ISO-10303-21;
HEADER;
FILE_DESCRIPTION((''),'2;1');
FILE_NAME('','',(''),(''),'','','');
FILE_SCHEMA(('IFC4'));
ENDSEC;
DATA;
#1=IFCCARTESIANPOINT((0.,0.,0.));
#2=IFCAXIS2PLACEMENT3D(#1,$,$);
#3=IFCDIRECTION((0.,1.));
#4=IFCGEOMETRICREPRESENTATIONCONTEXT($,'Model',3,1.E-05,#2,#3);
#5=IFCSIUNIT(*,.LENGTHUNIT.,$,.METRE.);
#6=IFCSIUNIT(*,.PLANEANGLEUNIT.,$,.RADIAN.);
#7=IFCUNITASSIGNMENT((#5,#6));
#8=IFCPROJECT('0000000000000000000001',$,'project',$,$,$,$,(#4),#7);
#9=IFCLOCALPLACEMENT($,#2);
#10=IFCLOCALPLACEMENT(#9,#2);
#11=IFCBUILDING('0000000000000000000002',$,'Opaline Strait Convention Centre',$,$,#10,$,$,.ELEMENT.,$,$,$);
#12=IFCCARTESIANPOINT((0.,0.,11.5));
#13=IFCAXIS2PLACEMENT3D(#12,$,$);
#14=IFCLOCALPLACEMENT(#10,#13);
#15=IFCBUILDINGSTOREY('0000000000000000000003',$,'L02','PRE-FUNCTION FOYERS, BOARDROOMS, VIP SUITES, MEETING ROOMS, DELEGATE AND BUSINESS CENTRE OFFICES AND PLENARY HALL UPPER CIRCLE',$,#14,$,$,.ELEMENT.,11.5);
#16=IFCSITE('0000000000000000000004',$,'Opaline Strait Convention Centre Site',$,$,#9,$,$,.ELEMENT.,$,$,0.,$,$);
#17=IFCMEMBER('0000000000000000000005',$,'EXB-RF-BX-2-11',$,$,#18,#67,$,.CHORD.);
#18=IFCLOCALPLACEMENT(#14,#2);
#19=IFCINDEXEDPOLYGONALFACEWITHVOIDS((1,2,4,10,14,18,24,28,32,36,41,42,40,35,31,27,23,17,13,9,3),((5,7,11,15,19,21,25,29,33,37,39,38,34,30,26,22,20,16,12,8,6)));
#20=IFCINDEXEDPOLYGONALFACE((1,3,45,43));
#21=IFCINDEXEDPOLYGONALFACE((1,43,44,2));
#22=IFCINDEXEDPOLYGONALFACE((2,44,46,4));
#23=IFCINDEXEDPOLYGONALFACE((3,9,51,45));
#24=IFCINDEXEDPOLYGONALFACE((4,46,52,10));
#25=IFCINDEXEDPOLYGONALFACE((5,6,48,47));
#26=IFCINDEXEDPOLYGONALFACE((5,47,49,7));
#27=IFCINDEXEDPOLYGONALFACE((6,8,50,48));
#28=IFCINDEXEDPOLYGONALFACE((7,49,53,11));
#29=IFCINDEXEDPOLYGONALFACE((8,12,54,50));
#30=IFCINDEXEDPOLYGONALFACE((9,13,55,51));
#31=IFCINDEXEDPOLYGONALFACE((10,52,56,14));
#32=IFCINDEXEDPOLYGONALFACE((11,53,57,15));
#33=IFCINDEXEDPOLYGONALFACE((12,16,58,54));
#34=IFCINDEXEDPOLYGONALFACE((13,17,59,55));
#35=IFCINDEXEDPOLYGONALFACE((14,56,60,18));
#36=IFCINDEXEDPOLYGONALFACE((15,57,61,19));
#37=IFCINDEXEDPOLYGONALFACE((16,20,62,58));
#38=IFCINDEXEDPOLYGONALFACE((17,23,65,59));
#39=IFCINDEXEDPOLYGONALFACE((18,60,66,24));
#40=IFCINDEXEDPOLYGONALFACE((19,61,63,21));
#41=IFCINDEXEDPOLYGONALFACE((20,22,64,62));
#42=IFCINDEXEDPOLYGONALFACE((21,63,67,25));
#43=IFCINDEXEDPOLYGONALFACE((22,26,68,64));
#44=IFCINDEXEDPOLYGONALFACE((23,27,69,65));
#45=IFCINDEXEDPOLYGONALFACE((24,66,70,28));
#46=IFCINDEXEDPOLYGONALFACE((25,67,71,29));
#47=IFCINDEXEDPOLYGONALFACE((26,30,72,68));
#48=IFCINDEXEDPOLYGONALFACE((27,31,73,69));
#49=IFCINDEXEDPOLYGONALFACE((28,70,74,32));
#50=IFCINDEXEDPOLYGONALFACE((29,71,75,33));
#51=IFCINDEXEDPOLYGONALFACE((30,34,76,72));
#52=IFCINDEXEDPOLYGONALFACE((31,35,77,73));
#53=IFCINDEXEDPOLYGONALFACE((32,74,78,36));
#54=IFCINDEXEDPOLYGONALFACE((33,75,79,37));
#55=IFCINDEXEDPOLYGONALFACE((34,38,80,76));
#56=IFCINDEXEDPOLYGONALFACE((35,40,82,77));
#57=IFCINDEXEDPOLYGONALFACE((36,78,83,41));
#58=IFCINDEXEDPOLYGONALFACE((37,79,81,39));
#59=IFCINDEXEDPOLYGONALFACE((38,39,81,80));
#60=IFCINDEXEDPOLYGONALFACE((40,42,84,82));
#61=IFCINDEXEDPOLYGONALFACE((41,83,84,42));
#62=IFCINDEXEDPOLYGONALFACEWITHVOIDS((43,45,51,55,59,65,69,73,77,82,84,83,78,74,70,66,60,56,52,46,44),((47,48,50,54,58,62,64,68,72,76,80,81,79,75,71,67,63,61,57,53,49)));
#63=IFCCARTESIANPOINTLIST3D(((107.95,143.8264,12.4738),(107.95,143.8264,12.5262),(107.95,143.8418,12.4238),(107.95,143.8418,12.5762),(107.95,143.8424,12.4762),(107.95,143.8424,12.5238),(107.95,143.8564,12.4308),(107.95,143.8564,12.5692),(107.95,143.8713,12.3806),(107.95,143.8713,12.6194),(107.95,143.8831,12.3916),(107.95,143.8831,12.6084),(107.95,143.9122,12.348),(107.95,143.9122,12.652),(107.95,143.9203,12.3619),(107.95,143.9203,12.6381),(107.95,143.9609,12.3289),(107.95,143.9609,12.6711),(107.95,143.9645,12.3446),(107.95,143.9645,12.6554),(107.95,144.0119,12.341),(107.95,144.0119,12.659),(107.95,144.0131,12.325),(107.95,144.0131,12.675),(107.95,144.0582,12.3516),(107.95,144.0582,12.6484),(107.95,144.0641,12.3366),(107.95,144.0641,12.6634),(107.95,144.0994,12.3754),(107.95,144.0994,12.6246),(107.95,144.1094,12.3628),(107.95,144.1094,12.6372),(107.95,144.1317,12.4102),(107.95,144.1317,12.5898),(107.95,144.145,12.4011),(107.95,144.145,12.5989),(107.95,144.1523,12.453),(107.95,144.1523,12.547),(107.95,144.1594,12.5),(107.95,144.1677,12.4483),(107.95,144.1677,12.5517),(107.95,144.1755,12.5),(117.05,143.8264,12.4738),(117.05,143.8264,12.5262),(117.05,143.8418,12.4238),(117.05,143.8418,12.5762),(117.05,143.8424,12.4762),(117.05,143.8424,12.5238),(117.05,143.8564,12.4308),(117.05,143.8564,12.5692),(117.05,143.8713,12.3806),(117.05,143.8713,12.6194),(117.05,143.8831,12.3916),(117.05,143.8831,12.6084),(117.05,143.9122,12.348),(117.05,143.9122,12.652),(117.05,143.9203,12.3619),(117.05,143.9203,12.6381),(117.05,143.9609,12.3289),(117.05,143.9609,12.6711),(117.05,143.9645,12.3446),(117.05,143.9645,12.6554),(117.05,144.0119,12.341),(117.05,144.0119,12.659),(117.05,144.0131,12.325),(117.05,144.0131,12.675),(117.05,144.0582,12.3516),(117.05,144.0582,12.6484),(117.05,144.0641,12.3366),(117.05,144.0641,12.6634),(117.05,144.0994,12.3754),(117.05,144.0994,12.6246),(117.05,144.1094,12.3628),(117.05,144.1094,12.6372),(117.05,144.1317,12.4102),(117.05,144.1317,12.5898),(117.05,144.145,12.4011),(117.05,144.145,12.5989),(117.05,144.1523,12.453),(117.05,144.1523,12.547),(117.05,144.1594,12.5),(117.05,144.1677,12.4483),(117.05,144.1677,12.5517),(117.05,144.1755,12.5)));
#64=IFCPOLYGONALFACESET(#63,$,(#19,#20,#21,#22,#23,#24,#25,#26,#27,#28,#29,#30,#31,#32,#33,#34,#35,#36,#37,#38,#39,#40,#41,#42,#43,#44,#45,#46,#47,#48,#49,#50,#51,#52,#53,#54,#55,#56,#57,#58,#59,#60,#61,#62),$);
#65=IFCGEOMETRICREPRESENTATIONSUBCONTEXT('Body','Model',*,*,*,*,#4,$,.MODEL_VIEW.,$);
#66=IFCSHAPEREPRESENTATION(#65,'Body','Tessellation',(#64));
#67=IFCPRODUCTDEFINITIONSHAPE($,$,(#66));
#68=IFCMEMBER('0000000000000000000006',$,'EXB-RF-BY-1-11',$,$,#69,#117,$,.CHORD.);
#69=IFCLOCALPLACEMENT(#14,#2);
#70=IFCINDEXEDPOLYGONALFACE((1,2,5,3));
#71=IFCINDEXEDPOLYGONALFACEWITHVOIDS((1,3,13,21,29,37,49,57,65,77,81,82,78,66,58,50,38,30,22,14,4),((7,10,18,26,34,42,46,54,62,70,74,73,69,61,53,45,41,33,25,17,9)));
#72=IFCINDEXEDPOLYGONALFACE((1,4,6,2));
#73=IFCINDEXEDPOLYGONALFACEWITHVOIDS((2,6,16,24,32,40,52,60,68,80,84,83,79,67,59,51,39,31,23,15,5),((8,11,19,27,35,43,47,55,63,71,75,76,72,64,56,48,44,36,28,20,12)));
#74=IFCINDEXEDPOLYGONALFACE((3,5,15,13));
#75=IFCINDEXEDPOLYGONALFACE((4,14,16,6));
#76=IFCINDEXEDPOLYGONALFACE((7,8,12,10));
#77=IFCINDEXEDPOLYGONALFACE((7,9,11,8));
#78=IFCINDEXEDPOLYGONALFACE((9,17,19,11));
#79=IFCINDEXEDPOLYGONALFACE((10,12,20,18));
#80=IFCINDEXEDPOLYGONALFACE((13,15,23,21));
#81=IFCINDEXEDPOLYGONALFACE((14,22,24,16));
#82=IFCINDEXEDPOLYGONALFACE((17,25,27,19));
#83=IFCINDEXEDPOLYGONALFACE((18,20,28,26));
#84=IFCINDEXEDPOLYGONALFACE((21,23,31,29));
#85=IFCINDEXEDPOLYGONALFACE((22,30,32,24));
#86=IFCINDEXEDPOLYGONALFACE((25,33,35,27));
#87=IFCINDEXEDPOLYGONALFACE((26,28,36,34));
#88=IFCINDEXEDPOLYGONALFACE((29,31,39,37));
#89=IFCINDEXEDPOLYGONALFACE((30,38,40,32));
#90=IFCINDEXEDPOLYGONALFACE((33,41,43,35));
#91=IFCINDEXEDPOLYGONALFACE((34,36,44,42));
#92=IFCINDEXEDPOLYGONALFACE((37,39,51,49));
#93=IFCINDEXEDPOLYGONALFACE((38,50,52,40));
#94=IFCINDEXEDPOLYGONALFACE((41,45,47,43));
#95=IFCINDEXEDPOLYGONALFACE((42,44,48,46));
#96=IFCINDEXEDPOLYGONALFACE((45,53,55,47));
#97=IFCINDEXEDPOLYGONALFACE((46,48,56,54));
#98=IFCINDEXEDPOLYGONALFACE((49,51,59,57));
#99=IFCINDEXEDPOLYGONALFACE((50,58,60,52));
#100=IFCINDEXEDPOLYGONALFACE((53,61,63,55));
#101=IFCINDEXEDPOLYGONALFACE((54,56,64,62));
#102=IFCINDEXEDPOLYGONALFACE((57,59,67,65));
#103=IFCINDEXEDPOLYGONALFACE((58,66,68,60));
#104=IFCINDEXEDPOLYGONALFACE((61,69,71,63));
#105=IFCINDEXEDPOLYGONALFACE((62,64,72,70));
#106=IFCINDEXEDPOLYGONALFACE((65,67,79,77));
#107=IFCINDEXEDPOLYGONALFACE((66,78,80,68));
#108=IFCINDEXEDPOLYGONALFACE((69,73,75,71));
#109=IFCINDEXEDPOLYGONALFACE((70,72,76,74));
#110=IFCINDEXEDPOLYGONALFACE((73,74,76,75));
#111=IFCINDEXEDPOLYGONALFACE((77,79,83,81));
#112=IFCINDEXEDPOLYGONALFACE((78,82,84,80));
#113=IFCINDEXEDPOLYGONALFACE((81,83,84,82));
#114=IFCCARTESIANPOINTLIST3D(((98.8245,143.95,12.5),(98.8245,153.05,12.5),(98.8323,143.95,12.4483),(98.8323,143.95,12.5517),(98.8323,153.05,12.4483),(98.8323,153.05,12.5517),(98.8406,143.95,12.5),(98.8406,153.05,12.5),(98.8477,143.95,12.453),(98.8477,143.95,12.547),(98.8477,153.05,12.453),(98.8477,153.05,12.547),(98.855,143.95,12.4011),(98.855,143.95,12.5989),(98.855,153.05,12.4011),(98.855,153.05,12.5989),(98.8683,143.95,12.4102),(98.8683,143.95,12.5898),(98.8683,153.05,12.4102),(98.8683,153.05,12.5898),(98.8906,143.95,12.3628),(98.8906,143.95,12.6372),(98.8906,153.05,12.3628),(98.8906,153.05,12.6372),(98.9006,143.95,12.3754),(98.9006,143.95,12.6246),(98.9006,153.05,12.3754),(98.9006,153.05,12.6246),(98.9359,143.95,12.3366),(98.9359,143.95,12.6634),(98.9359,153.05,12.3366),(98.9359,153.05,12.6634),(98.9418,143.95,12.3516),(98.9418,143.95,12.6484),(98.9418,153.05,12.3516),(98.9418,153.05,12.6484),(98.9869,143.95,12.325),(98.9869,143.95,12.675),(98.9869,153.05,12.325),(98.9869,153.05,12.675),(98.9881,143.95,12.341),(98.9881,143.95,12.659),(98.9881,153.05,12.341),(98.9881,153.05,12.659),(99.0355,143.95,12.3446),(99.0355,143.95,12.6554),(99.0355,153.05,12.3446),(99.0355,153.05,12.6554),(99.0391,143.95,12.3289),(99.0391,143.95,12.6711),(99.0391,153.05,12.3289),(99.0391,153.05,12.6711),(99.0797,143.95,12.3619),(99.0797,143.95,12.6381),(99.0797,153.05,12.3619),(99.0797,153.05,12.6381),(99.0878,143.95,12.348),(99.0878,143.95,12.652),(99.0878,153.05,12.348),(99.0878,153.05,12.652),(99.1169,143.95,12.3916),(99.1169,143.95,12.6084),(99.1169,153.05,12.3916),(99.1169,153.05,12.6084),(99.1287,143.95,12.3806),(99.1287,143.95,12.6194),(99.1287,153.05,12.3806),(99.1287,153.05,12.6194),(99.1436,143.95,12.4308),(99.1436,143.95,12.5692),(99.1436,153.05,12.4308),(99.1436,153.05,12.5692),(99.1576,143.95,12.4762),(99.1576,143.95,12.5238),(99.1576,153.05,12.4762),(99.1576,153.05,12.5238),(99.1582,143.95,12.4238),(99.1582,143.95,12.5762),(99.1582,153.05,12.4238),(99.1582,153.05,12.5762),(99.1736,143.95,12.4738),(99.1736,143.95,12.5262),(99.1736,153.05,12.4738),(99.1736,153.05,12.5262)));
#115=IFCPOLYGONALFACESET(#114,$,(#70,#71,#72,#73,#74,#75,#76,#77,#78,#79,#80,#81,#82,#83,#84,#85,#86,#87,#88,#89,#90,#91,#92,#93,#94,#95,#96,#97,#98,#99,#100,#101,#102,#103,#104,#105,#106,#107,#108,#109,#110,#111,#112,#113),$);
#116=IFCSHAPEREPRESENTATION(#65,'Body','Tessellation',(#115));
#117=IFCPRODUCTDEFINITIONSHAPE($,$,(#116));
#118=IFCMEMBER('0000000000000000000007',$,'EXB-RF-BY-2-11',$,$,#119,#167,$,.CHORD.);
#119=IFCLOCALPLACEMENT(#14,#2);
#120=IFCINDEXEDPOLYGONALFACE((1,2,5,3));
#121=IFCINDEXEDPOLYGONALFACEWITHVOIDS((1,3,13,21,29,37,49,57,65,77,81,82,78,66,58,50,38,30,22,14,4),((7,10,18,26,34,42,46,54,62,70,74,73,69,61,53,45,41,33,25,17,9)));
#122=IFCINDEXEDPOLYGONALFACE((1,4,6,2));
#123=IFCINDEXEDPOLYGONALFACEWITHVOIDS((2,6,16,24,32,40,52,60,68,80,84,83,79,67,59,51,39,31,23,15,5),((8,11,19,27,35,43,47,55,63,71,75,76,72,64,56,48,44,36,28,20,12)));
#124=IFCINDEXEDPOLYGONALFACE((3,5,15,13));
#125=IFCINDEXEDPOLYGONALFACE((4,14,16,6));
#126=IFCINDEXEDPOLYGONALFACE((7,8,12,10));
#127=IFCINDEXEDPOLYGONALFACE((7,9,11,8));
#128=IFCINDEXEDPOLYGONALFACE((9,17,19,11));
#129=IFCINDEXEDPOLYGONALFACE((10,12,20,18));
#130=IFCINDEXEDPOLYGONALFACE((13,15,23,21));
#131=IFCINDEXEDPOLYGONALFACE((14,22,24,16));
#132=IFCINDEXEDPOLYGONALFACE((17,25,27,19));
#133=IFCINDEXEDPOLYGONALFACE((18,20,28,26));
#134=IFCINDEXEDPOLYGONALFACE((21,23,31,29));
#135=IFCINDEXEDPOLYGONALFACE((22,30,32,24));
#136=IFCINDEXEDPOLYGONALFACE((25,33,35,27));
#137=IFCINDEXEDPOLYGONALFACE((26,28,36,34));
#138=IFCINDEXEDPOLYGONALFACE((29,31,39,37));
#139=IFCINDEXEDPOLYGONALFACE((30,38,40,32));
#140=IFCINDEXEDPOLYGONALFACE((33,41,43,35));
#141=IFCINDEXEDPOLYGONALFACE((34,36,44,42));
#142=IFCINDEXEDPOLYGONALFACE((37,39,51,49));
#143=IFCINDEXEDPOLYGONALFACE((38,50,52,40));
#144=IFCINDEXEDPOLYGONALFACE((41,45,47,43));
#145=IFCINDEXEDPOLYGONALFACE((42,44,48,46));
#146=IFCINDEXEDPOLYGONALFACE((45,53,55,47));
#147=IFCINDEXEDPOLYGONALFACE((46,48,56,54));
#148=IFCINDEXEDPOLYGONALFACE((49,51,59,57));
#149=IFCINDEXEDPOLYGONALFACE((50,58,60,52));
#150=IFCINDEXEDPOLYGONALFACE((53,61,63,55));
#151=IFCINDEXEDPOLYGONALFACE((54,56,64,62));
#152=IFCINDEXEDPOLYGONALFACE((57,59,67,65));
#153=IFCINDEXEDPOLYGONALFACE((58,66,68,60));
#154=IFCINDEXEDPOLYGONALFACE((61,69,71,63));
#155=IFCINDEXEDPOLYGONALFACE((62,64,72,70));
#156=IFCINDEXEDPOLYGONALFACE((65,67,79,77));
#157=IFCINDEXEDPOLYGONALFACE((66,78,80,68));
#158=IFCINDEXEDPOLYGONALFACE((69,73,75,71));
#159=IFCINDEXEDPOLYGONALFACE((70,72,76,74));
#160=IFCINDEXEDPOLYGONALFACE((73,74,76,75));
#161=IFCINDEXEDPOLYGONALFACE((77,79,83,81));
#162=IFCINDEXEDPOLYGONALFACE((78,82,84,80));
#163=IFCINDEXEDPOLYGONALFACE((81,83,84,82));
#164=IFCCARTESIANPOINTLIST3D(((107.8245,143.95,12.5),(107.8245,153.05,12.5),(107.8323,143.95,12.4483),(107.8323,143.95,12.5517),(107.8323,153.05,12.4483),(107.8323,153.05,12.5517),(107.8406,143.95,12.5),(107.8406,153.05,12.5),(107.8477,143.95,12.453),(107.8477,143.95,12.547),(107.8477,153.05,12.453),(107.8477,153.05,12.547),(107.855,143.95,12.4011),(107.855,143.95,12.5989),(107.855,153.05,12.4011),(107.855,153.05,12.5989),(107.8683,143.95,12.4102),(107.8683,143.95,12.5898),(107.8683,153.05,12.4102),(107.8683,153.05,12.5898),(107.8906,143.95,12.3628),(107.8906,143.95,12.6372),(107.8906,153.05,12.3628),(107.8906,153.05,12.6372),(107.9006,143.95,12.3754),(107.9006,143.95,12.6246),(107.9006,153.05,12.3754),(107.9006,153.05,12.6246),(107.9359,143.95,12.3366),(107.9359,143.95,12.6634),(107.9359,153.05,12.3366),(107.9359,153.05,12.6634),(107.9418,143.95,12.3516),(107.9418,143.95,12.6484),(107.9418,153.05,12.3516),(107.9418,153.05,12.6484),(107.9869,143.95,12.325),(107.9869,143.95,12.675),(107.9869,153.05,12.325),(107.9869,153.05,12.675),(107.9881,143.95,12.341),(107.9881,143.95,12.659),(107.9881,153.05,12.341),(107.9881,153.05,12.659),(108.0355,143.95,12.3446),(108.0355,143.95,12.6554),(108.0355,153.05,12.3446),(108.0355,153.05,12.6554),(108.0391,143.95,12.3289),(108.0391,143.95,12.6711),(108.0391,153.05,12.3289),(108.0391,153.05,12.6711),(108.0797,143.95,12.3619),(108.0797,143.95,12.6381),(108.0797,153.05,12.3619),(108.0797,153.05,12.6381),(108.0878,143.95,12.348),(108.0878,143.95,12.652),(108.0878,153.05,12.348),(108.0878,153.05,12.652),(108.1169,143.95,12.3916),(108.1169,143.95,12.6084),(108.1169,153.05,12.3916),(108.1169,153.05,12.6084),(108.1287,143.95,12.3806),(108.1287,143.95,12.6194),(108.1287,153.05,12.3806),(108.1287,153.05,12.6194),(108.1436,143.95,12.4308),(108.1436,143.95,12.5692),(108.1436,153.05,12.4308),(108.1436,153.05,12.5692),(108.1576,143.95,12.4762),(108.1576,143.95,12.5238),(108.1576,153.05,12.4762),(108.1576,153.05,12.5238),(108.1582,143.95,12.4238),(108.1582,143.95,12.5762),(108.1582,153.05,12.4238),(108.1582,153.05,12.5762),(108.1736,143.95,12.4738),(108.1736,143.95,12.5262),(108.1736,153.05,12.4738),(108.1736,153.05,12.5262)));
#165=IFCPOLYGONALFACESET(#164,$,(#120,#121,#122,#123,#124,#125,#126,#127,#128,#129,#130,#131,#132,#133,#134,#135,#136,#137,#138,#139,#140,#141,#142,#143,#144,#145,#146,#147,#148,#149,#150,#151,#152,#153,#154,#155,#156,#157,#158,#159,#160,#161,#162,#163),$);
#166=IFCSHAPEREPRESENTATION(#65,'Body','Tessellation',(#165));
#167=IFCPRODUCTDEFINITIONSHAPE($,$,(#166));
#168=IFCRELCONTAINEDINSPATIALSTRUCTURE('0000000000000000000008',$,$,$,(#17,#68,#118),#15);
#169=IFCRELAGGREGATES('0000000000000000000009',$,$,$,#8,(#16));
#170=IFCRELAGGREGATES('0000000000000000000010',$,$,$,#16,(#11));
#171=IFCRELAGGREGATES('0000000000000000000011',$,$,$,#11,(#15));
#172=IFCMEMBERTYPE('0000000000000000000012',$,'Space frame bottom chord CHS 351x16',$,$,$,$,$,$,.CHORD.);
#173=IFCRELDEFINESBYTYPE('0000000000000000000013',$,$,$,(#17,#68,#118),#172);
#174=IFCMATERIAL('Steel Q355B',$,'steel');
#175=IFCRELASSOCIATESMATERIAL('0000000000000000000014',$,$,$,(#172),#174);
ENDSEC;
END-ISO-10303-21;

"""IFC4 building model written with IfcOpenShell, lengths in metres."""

from ifc_helpers import new_model, si_unit, direction, frame, origin, origin_2d, place, context, subcontext, project, spatial, hollow_circle, extrude, material, material_profile, profile_set, type_object, element, save


model = new_model("IFC4")

# Units and contexts
model_context = context("Model", 3, precision=1e-05, world=origin(), true_north=direction((0.0, 1.0)))
body_context = subcontext(model_context, "Body", "Model", "MODEL_VIEW")
ifc_project = project(units=[si_unit("LENGTHUNIT", "METRE"), si_unit("PLANEANGLEUNIT", "RADIAN")], contexts=[model_context])

# Site, building, storey
site_placement = place(None, origin())
site = spatial("IfcSite", under=ifc_project, at=site_placement, Name="Opaline Strait Convention Centre Site", CompositionType="ELEMENT", RefElevation=0.0)
building_placement = place(site_placement, origin())
building = spatial("IfcBuilding", under=site, at=building_placement, Name="Opaline Strait Convention Centre", CompositionType="ELEMENT")
storey_placement = place(building_placement, frame((0.0, 0.0, 11.5)))
storey = spatial("IfcBuildingStorey", under=building, at=storey_placement, Name="L02", Description="PRE-FUNCTION FOYERS, BOARDROOMS, VIP SUITES, MEETING ROOMS, DELEGATE AND BUSINESS CENTRE OFFICES AND PLENARY HALL UPPER CIRCLE", CompositionType="ELEMENT", Elevation=11.5)

# Shared definitions
ifc_material_1 = material(Name="Steel Q355B", Category="steel")

# Members
ifc_material_profile_1 = material_profile(ifc_material_1, hollow_circle(Radius=0.1755, WallThickness=0.0161, at=origin_2d()), Name="CHS 351x16")
ifc_profile_set_1 = profile_set([ifc_material_profile_1], Name="Steel Q355B")
member_type_1 = type_object("IfcMemberType", Name="Space frame bottom chord CHS 351x16", PredefinedType="CHORD", material=ifc_profile_set_1)
for number, where, z_axis, x_axis, name in (
    (1, (107.95, 144.0, 12.5), (1.0, 0.0, 0.0), (0.0, 1.0, 0.0), "EXB-RF-BX-2-11"),
    (2, (99.0, 143.95, 12.5), (0.0, 1.0, 0.0), (-1.0, 0.0, 0.0), "EXB-RF-BY-1-11"),
    (3, (108.0, 143.95, 12.5), (0.0, 1.0, 0.0), (-1.0, 0.0, 0.0), "EXB-RF-BY-2-11"),
):
    element("IfcMember", number, at=place(storey_placement, frame(where, z_axis=z_axis, x_axis=x_axis)), inside=storey, type_object=member_type_1, Name=name, PredefinedType="CHORD", context=body_context, shape_type="SweptSolid", body=[
        extrude(hollow_circle(Radius=0.1755, WallThickness=0.0161, at=origin_2d()), origin(), (0.0, 0.0, 1.0), 9.1001),
    ])

save(model, "model.ifc")
